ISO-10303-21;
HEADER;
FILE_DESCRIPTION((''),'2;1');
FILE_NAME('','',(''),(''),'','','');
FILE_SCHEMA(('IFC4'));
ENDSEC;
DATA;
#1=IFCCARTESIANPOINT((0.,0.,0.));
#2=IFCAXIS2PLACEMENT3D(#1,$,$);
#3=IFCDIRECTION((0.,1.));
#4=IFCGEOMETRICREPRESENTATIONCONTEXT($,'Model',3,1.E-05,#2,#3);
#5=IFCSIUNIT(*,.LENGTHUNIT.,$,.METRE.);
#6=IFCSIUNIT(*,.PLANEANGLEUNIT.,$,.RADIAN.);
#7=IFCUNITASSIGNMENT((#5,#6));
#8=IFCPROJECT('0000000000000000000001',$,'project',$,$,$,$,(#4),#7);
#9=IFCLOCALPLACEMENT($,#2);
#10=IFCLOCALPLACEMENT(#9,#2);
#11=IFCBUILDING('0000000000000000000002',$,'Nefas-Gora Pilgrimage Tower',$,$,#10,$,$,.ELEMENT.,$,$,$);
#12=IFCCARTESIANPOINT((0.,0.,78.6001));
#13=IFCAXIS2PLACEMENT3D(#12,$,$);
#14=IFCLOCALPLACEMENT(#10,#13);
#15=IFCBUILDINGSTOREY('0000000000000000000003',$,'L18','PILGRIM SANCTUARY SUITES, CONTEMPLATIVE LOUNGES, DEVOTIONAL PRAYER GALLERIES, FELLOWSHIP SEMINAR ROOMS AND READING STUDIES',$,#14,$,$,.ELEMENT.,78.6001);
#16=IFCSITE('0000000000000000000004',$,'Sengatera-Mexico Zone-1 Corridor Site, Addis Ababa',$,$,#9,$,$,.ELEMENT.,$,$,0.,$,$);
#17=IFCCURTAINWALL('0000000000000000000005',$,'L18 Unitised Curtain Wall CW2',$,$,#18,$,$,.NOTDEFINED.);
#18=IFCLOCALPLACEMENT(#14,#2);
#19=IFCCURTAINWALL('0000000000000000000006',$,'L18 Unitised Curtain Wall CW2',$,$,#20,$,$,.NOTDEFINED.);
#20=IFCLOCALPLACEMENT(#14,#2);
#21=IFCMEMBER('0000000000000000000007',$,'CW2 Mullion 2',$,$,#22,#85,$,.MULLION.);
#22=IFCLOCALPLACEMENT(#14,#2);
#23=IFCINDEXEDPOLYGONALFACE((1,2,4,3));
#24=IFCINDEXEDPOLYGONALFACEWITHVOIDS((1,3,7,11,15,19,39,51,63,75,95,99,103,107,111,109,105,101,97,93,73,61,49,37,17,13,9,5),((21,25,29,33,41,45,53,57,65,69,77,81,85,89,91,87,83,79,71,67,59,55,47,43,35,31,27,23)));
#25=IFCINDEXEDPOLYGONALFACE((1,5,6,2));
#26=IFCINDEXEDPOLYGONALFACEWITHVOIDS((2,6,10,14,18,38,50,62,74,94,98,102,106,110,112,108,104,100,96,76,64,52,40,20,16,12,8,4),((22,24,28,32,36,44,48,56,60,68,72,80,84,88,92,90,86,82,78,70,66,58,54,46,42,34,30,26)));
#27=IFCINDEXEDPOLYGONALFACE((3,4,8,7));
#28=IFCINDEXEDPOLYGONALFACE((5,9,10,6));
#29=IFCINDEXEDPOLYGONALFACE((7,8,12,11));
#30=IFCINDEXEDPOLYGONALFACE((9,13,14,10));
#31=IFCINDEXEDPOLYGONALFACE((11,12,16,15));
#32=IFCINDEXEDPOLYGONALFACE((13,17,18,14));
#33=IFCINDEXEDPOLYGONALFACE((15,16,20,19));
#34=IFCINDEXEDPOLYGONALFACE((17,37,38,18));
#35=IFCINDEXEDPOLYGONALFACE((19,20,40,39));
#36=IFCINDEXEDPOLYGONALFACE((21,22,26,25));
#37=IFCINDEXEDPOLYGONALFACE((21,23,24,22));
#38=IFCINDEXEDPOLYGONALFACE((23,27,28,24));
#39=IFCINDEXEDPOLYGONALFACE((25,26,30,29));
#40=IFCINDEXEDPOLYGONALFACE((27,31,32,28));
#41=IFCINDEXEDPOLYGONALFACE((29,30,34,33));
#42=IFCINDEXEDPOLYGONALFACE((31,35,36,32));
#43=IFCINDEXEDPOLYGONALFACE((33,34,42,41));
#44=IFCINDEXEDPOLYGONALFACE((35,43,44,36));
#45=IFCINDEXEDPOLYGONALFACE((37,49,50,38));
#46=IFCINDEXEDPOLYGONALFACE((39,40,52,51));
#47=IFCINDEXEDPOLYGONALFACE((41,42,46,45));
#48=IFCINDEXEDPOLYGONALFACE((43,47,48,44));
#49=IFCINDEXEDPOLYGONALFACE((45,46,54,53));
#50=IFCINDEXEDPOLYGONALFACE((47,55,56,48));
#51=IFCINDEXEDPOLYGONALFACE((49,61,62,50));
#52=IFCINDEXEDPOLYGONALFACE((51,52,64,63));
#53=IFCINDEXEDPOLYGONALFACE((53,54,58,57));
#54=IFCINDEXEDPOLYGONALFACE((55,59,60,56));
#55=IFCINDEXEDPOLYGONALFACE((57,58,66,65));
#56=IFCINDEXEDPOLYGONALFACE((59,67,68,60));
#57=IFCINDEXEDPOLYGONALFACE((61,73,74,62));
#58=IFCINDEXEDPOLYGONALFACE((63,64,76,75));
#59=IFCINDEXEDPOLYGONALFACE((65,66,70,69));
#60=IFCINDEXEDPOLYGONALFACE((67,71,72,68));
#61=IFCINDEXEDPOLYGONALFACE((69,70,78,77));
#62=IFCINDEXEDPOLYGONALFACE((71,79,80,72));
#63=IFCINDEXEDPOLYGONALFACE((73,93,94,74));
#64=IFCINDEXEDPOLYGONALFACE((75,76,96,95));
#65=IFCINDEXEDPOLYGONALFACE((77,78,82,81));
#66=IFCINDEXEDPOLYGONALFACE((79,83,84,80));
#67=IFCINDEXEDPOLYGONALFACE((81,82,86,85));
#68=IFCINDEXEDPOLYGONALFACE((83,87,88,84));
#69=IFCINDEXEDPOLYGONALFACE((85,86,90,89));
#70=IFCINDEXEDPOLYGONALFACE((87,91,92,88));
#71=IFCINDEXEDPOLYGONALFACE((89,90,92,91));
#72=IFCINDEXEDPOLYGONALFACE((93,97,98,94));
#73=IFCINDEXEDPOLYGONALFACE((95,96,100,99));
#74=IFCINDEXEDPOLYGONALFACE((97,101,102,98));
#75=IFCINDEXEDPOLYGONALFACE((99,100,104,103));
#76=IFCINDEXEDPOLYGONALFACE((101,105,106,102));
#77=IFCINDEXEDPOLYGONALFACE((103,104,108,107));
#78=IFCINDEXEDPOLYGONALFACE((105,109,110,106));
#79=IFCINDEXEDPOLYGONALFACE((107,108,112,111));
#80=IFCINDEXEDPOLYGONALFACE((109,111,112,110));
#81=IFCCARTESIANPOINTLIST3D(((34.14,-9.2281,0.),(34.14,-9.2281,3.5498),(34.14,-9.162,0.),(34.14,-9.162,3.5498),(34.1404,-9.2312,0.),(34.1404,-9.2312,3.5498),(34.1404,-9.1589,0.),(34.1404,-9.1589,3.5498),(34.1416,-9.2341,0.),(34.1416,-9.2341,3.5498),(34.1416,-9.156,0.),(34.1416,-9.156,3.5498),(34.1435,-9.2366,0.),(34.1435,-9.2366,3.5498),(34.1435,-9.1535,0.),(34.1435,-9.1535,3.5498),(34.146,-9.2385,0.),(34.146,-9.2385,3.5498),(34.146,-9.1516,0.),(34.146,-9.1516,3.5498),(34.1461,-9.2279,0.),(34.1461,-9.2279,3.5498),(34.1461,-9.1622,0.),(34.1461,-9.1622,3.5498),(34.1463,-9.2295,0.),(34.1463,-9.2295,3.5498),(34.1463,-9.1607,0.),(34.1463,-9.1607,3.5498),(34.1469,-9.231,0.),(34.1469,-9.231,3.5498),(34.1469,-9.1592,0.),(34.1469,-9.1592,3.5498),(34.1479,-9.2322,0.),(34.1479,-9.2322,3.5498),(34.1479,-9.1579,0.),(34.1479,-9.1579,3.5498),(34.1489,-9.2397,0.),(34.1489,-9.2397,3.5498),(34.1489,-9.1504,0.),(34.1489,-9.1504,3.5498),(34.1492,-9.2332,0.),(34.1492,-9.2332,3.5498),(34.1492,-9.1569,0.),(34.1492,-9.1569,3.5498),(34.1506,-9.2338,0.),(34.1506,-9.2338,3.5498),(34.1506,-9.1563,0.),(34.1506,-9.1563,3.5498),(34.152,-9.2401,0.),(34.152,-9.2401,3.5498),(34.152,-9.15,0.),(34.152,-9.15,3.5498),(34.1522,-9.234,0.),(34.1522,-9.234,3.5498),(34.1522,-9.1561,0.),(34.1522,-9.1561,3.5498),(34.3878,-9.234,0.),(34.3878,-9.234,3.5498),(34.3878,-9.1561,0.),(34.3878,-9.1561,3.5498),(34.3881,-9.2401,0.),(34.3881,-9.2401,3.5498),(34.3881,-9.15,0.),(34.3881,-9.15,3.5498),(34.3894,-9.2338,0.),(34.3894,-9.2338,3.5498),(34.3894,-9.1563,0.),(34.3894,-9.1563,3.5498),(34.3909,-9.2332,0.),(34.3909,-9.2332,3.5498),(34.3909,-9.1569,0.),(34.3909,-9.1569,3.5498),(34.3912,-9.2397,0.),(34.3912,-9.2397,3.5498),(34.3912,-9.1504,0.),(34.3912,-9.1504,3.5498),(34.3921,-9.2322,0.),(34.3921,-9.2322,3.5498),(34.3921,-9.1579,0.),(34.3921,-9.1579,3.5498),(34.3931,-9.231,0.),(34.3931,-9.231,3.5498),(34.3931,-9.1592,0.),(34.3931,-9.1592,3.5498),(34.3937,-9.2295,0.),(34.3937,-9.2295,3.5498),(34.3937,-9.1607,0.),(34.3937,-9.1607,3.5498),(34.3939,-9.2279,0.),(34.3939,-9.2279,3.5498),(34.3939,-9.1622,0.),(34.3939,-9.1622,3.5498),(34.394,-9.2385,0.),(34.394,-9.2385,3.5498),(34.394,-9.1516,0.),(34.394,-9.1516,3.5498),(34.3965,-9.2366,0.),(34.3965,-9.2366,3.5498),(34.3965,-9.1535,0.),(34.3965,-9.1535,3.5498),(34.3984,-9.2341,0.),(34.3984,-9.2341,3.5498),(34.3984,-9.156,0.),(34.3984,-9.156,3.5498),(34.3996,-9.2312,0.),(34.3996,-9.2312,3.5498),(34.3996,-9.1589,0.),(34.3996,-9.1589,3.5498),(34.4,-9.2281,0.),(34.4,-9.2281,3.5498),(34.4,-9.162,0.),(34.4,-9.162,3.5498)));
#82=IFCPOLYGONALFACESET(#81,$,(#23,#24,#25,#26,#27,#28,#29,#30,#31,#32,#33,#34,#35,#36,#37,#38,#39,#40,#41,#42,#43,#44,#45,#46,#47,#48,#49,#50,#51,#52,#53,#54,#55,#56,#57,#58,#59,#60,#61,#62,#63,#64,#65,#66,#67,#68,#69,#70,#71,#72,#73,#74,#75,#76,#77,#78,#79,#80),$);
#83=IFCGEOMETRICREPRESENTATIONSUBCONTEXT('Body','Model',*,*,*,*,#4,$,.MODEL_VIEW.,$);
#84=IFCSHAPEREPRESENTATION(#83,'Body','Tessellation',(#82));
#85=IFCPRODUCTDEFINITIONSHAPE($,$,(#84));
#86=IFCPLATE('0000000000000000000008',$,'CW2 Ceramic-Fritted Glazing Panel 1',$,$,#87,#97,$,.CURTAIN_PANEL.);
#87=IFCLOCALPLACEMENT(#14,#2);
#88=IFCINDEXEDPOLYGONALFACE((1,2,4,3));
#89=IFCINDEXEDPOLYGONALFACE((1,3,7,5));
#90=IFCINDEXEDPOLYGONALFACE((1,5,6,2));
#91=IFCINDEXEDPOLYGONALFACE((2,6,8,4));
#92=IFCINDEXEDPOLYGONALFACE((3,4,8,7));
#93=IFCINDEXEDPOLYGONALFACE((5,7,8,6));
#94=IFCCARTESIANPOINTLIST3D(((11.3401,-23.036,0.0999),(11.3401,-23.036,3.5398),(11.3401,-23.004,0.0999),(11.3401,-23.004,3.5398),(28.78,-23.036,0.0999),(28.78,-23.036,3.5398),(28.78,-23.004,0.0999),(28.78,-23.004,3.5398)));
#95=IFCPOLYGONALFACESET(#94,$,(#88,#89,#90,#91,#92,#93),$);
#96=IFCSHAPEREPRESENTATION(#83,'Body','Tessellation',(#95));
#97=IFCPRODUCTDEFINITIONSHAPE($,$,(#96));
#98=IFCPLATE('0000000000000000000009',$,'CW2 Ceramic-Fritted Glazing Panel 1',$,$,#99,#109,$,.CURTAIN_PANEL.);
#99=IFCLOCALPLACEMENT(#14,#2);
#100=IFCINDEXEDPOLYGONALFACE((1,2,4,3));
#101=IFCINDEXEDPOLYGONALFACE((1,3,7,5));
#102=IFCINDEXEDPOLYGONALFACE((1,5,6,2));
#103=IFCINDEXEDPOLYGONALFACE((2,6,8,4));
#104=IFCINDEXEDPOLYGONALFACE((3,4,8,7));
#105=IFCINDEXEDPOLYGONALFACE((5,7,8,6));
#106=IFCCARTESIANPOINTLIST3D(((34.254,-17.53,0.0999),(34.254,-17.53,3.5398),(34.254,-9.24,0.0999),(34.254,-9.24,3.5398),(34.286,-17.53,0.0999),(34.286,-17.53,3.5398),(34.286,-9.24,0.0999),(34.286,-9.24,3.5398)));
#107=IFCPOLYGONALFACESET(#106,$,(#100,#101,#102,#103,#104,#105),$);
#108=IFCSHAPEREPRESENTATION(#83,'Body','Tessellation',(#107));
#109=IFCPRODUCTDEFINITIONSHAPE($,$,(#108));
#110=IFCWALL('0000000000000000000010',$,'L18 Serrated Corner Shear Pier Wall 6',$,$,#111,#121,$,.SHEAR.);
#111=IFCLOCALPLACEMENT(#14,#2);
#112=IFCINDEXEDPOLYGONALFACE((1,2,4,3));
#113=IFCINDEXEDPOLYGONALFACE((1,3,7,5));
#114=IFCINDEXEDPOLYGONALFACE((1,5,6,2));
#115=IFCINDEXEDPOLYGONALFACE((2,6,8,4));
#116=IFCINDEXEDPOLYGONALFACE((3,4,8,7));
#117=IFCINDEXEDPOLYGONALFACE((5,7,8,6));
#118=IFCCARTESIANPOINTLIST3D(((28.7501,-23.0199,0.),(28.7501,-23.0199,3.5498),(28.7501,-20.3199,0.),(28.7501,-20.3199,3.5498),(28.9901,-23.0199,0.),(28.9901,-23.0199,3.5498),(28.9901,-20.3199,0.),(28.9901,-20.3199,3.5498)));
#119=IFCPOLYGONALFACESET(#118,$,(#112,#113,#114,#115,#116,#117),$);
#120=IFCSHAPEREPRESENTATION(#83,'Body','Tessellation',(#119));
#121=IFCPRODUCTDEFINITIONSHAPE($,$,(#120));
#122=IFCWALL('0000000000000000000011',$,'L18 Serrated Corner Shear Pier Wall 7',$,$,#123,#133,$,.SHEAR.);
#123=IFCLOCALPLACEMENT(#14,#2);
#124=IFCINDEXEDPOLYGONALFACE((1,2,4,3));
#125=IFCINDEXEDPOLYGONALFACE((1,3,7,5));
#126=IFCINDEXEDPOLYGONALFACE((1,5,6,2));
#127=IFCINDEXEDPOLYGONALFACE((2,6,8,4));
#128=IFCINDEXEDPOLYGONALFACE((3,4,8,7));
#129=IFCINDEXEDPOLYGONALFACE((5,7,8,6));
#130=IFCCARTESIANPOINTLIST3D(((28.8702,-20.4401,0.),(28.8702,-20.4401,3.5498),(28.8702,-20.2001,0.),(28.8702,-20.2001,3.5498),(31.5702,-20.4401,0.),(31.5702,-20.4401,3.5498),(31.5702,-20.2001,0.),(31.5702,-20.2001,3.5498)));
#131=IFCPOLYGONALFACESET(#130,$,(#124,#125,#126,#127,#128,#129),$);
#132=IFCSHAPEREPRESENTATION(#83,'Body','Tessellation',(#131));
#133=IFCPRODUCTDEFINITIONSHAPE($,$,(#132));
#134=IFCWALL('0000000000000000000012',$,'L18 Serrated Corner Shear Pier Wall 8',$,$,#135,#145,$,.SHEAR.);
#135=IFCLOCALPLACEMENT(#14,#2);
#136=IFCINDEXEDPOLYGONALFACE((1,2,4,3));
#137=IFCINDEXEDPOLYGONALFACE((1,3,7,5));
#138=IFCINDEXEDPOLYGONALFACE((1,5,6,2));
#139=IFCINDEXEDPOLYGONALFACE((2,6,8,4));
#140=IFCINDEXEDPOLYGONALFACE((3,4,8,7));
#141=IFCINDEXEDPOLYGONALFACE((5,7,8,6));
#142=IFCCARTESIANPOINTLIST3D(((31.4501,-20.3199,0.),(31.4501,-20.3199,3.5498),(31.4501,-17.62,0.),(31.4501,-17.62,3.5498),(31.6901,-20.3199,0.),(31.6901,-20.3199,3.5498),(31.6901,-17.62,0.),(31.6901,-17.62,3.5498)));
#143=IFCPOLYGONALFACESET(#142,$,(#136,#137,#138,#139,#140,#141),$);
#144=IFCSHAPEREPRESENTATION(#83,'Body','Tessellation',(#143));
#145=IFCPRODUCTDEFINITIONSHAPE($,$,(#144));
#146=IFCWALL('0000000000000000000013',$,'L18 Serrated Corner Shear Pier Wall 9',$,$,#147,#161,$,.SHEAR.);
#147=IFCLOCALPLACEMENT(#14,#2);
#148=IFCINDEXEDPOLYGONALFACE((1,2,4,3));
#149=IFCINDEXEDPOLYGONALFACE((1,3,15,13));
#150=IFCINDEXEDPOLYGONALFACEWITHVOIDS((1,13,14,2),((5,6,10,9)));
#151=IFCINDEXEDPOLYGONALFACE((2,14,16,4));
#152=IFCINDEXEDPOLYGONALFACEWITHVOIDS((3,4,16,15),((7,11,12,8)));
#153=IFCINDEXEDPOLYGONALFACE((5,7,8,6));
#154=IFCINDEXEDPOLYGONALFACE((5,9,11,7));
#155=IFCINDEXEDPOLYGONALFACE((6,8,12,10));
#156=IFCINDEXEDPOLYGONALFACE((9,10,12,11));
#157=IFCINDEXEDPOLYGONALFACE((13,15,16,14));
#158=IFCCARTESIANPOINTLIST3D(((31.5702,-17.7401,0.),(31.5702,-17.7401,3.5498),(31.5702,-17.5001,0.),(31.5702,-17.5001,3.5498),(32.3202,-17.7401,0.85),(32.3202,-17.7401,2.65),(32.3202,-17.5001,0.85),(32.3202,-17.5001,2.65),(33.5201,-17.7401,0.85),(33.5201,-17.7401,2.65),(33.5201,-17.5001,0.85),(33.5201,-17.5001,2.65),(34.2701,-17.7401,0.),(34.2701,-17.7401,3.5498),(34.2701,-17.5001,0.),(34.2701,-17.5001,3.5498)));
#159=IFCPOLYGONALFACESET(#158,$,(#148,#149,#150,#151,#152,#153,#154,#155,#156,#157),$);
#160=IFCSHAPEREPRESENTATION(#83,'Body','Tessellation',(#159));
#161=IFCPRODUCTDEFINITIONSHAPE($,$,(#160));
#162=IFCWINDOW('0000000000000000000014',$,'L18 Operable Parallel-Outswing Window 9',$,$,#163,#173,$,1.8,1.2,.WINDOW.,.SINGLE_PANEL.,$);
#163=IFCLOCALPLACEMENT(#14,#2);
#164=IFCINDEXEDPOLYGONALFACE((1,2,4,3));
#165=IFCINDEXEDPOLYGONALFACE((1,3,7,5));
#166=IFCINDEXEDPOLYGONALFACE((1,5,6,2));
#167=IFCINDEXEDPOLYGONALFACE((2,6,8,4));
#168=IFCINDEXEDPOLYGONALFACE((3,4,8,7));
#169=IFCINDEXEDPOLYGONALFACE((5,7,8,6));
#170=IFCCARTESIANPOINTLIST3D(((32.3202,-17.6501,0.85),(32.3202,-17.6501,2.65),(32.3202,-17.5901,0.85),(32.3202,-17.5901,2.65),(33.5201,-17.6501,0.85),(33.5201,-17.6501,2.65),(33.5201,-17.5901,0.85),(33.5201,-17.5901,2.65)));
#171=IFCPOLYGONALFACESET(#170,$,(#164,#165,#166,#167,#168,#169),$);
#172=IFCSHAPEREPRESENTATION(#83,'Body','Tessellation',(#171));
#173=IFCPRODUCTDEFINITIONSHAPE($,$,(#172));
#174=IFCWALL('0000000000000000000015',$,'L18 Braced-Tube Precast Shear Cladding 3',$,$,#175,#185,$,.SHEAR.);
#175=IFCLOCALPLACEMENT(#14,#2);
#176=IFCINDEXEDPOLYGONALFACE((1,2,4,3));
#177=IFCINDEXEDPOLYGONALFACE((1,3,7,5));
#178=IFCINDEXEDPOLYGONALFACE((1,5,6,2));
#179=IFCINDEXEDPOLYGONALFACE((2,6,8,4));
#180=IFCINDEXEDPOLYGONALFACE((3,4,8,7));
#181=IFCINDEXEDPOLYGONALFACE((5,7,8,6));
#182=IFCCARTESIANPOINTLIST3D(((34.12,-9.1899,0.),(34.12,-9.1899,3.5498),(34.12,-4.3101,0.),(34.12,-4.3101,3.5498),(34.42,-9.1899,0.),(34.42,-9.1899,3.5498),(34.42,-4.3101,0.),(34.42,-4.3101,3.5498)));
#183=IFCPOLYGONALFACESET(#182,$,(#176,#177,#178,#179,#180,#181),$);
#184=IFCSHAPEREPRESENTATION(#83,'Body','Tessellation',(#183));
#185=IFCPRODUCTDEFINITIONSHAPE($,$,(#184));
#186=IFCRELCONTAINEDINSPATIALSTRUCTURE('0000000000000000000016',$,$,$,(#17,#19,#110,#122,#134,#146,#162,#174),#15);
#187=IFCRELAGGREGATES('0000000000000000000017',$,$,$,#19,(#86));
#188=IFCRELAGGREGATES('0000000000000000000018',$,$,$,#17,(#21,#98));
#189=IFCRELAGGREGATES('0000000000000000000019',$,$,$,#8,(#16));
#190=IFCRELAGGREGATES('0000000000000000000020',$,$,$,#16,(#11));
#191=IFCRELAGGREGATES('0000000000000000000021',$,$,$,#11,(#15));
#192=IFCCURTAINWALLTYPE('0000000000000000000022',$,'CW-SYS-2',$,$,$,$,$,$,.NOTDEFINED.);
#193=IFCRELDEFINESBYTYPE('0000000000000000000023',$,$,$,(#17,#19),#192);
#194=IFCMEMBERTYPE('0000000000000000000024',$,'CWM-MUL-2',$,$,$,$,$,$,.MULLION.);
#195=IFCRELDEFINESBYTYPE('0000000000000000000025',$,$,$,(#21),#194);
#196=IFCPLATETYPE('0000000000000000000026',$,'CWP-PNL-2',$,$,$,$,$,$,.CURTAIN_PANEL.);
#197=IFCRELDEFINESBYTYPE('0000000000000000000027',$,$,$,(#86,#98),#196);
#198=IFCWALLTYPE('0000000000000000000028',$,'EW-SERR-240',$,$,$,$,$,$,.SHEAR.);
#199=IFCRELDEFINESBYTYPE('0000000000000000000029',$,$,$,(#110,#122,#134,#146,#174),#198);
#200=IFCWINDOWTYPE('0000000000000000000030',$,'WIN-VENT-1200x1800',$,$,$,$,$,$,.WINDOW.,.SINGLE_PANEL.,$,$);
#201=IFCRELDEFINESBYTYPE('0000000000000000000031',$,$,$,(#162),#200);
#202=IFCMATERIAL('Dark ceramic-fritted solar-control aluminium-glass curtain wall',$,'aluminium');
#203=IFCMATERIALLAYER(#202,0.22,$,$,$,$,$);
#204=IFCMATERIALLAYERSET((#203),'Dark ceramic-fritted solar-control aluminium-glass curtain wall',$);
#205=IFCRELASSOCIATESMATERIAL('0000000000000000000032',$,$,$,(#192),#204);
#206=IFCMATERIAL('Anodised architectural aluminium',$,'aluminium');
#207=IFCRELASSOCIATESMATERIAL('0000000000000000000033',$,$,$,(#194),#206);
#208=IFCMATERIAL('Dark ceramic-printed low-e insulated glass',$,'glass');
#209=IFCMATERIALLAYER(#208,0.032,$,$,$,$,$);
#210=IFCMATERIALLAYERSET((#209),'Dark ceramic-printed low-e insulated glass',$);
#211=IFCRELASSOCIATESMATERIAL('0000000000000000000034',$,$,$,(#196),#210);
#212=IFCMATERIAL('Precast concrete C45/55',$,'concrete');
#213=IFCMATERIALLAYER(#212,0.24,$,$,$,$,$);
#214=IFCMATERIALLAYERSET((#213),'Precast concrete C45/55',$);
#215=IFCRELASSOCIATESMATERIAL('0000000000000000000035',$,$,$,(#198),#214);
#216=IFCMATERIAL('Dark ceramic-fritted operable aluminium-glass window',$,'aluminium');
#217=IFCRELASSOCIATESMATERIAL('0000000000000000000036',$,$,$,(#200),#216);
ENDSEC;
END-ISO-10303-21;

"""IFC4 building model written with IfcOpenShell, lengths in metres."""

from ifc_helpers import new_model, si_unit, direction, frame, frame_2d, origin, origin_2d, place, context, subcontext, project, spatial, rectangle, hollow_rectangle, extrude, source, transform, mapped, material, layer, layer_set, material_profile, profile_set, type_object, element, fill, aggregate, save


model = new_model("IFC4")

# Units and contexts
model_context = context("Model", 3, precision=1e-05, world=origin(), true_north=direction((0.0, 1.0)))
body_context = subcontext(model_context, "Body", "Model", "MODEL_VIEW")
ifc_project = project(units=[si_unit("LENGTHUNIT", "METRE"), si_unit("PLANEANGLEUNIT", "RADIAN")], contexts=[model_context])

# Site, building, storey
site_placement = place(None, origin())
site = spatial("IfcSite", under=ifc_project, at=site_placement, Name="Sengatera-Mexico Zone-1 Corridor Site, Addis Ababa", CompositionType="ELEMENT", RefElevation=0.0)
building_placement = place(site_placement, origin())
building = spatial("IfcBuilding", under=site, at=building_placement, Name="Nefas-Gora Pilgrimage Tower", CompositionType="ELEMENT")
storey_placement = place(building_placement, frame((0.0, 0.0, 78.6001)))
storey = spatial("IfcBuildingStorey", under=building, at=storey_placement, Name="L18", Description="PILGRIM SANCTUARY SUITES, CONTEMPLATIVE LOUNGES, DEVOTIONAL PRAYER GALLERIES, FELLOWSHIP SEMINAR ROOMS AND READING STUDIES", CompositionType="ELEMENT", Elevation=78.6001)

# Curtain walls
ifc_material_1 = material(Name="Dark ceramic-fritted solar-control aluminium-glass curtain wall", Category="aluminium")
ifc_layer_1 = layer(ifc_material_1, 0.22)
ifc_layer_set_1 = layer_set([ifc_layer_1], Name="Dark ceramic-fritted solar-control aluminium-glass curtain wall")
curtain_wall_type = type_object("IfcCurtainWallType", Name="CW-SYS-2", PredefinedType="NOTDEFINED", material=ifc_layer_set_1)
curtain_wall_1_placement = place(storey_placement, origin())
curtain_wall_1 = element("IfcCurtainWall", 1, at=curtain_wall_1_placement, inside=storey, type_object=curtain_wall_type, Name="L18 Unitised Curtain Wall CW2", PredefinedType="NOTDEFINED")
ifc_material_2 = material(Name="Anodised architectural aluminium", Category="aluminium")
curtain_wall_2_placement = place(storey_placement, origin())
curtain_wall_2 = element("IfcCurtainWall", 2, at=curtain_wall_2_placement, inside=storey, type_object=curtain_wall_type, Name="L18 Unitised Curtain Wall CW2", PredefinedType="NOTDEFINED")
ifc_material_profile_1 = material_profile(ifc_material_2, hollow_rectangle(XDim=0.0901, YDim=0.26, WallThickness=0.0061, InnerFilletRadius=0.0061, OuterFilletRadius=0.012, at=origin_2d()), Name="ALU MULLION 90x260")
ifc_profile_set_1 = profile_set([ifc_material_profile_1], Name="Anodised architectural aluminium")
member_type_1 = type_object("IfcMemberType", Name="CWM-MUL-2", PredefinedType="MULLION", material=ifc_profile_set_1)
shared_shape_1 = source(origin(), body_context, "Body", "SweptSolid", [
    extrude(hollow_rectangle(XDim=0.0901, YDim=0.26, WallThickness=0.0061, InnerFilletRadius=0.0061, OuterFilletRadius=0.012, at=origin_2d()), origin(), (0.0, 0.0, 1.0), 3.5498),
])

# Member
member_1_placement = place(storey_placement, frame((34.27, -9.1951, 0.0), z_axis=(0.0, 0.0, 1.0), x_axis=(0.0, 1.0, 0.0)))
member_1 = element("IfcMember", 3, at=member_1_placement, type_object=member_type_1, Name="CW2 Mullion 2", PredefinedType="MULLION", context=body_context, shape_type="MappedRepresentation", body=[
    mapped(shared_shape_1, transform((0.0, 0.0, 0.0), x_axis=(1.0, 0.0, 0.0), y_axis=(0.0, 1.0, 0.0), z_axis=(0.0, 0.0, 1.0), scale=1.0)),
])

# Plates
ifc_material_3 = material(Name="Dark ceramic-printed low-e insulated glass", Category="glass")
ifc_layer_2 = layer(ifc_material_3, 0.032)
ifc_layer_set_2 = layer_set([ifc_layer_2], Name="Dark ceramic-printed low-e insulated glass")
plate_type = type_object("IfcPlateType", Name="CWP-PNL-2", PredefinedType="CURTAIN_PANEL", material=ifc_layer_set_2)
shared_shape_2 = source(origin(), body_context, "Body", "SweptSolid", [
    extrude(rectangle(XDim=17.4399, YDim=0.032, at=origin_2d()), origin(), (0.0, 0.0, 1.0), 3.4399),
])
plate_1_placement = place(storey_placement, frame((20.0601, -23.02, 0.0999), z_axis=(0.0, 0.0, 1.0), x_axis=(1.0, 0.0, 0.0)))
plate_1 = element("IfcPlate", 4, at=plate_1_placement, type_object=plate_type, Name="CW2 Ceramic-Fritted Glazing Panel 1", PredefinedType="CURTAIN_PANEL", context=body_context, shape_type="MappedRepresentation", body=[
    mapped(shared_shape_2, transform((0.0, 0.0, 0.0), x_axis=(1.0, 0.0, 0.0), y_axis=(0.0, 1.0, 0.0), z_axis=(0.0, 0.0, 1.0), scale=1.0)),
])
aggregate(curtain_wall_2, [plate_1])
shared_shape_3 = source(origin(), body_context, "Body", "SweptSolid", [
    extrude(rectangle(XDim=8.29, YDim=0.032, at=origin_2d()), origin(), (0.0, 0.0, 1.0), 3.4399),
])
plate_2_placement = place(storey_placement, frame((34.27, -13.385, 0.0999), z_axis=(0.0, 0.0, 1.0), x_axis=(0.0, 1.0, 0.0)))
plate_2 = element("IfcPlate", 5, at=plate_2_placement, type_object=plate_type, Name="CW2 Ceramic-Fritted Glazing Panel 1", PredefinedType="CURTAIN_PANEL", context=body_context, shape_type="MappedRepresentation", body=[
    mapped(shared_shape_3, transform((0.0, 0.0, 0.0), x_axis=(1.0, 0.0, 0.0), y_axis=(0.0, 1.0, 0.0), z_axis=(0.0, 0.0, 1.0), scale=1.0)),
])
aggregate(curtain_wall_1, [member_1, plate_2])

# Walls
ifc_material_4 = material(Name="Precast concrete C45/55", Category="concrete")
ifc_layer_3 = layer(ifc_material_4, 0.24)
ifc_layer_set_3 = layer_set([ifc_layer_3], Name="Precast concrete C45/55")
wall_type = type_object("IfcWallType", Name="EW-SERR-240", PredefinedType="SHEAR", material=ifc_layer_set_3)
shared_shape_4 = source(origin(), body_context, "Body", "SweptSolid", [
    extrude(rectangle(XDim=2.7, YDim=0.24, at=frame_2d((1.3501, 0.0))), origin(), (0.0, 0.0, 1.0), 3.5498),
])
for number, where, z_axis, x_axis, name in (
    (6, (28.8701, -23.02, 0.0), (0.0, 0.0, 1.0), (0.0, 1.0, 0.0), "L18 Serrated Corner Shear Pier Wall 6"),
    (7, (28.8701, -20.3201, 0.0), (0.0, 0.0, 1.0), (1.0, 0.0, 0.0), "L18 Serrated Corner Shear Pier Wall 7"),
    (8, (31.5701, -20.3201, 0.0), (0.0, 0.0, 1.0), (0.0, 1.0, 0.0), "L18 Serrated Corner Shear Pier Wall 8"),
):
    element("IfcWall", number, at=place(storey_placement, frame(where, z_axis=z_axis, x_axis=x_axis)), inside=storey, type_object=wall_type, Name=name, PredefinedType="SHEAR", context=body_context, shape_type="MappedRepresentation", body=[
        mapped(shared_shape_4, transform((0.0, 0.0, 0.0), x_axis=(1.0, 0.0, 0.0), y_axis=(0.0, 1.0, 0.0), z_axis=(0.0, 0.0, 1.0), scale=1.0)),
    ])

# Wall, opening, window
wall_1_placement = place(storey_placement, frame((31.5701, -17.6201, 0.0), z_axis=(0.0, 0.0, 1.0), x_axis=(1.0, 0.0, 0.0)))
wall_1 = element("IfcWall", 9, at=wall_1_placement, inside=storey, type_object=wall_type, Name="L18 Serrated Corner Shear Pier Wall 9", PredefinedType="SHEAR", context=body_context, shape_type="MappedRepresentation", body=[
    mapped(shared_shape_4, transform((0.0, 0.0, 0.0), x_axis=(1.0, 0.0, 0.0), y_axis=(0.0, 1.0, 0.0), z_axis=(0.0, 0.0, 1.0), scale=1.0)),
])
opening_placement = place(wall_1_placement, frame((0.75, 0.0, 0.8501)))
opening = element("IfcOpeningElement", 10, at=opening_placement, cuts=wall_1, PredefinedType="OPENING", context=body_context, shape_type="SweptSolid", body=[
    extrude(rectangle(XDim=1.2, YDim=1.8, at=frame_2d((0.6001, 0.8999))), frame((0.0, 0.1299, 0.0), z_axis=(0.0, -1.0, 0.0), x_axis=(1.0, 0.0, 0.0)), (0.0, 0.0, 1.0), 0.26),
])
ifc_material_5 = material(Name="Dark ceramic-fritted operable aluminium-glass window", Category="aluminium")
window_type = type_object("IfcWindowType", Name="WIN-VENT-1200x1800", PartitioningType="SINGLE_PANEL", PredefinedType="WINDOW", material=ifc_material_5)
shared_shape_5 = source(origin(), body_context, "Body", "SweptSolid", [
    extrude(rectangle(XDim=1.2, YDim=1.8, at=frame_2d((0.6001, 0.8999))), frame((0.0, 0.03, 0.0), z_axis=(0.0, -1.0, 0.0), x_axis=(1.0, 0.0, 0.0)), (0.0, 0.0, 1.0), 0.0601),
])
window_placement = place(opening_placement, origin())
window = element("IfcWindow", 11, at=window_placement, inside=storey, type_object=window_type, Name="L18 Operable Parallel-Outswing Window 9", OverallHeight=1.8, OverallWidth=1.2, PartitioningType="SINGLE_PANEL", PredefinedType="WINDOW", context=body_context, shape_type="MappedRepresentation", body=[
    mapped(shared_shape_5, transform((0.0, 0.0, 0.0), x_axis=(1.0, 0.0, 0.0), y_axis=(0.0, 1.0, 0.0), z_axis=(0.0, 0.0, 1.0), scale=1.0)),
])
fill(opening, window)

# Wall
shared_shape_6 = source(origin(), body_context, "Body", "SweptSolid", [
    extrude(rectangle(XDim=4.8799, YDim=0.3, at=frame_2d((2.4399, 0.0))), origin(), (0.0, 0.0, 1.0), 3.5498),
])
wall_2_placement = place(storey_placement, frame((34.27, -9.1899, 0.0), z_axis=(0.0, 0.0, 1.0), x_axis=(0.0, 1.0, 0.0)))
element("IfcWall", 12, at=wall_2_placement, inside=storey, type_object=wall_type, Name="L18 Braced-Tube Precast Shear Cladding 3", PredefinedType="SHEAR", context=body_context, shape_type="MappedRepresentation", body=[
    mapped(shared_shape_6, transform((0.0, 0.0, 0.0), x_axis=(1.0, 0.0, 0.0), y_axis=(0.0, 1.0, 0.0), z_axis=(0.0, 0.0, 1.0), scale=1.0)),
])

save(model, "model.ifc")
